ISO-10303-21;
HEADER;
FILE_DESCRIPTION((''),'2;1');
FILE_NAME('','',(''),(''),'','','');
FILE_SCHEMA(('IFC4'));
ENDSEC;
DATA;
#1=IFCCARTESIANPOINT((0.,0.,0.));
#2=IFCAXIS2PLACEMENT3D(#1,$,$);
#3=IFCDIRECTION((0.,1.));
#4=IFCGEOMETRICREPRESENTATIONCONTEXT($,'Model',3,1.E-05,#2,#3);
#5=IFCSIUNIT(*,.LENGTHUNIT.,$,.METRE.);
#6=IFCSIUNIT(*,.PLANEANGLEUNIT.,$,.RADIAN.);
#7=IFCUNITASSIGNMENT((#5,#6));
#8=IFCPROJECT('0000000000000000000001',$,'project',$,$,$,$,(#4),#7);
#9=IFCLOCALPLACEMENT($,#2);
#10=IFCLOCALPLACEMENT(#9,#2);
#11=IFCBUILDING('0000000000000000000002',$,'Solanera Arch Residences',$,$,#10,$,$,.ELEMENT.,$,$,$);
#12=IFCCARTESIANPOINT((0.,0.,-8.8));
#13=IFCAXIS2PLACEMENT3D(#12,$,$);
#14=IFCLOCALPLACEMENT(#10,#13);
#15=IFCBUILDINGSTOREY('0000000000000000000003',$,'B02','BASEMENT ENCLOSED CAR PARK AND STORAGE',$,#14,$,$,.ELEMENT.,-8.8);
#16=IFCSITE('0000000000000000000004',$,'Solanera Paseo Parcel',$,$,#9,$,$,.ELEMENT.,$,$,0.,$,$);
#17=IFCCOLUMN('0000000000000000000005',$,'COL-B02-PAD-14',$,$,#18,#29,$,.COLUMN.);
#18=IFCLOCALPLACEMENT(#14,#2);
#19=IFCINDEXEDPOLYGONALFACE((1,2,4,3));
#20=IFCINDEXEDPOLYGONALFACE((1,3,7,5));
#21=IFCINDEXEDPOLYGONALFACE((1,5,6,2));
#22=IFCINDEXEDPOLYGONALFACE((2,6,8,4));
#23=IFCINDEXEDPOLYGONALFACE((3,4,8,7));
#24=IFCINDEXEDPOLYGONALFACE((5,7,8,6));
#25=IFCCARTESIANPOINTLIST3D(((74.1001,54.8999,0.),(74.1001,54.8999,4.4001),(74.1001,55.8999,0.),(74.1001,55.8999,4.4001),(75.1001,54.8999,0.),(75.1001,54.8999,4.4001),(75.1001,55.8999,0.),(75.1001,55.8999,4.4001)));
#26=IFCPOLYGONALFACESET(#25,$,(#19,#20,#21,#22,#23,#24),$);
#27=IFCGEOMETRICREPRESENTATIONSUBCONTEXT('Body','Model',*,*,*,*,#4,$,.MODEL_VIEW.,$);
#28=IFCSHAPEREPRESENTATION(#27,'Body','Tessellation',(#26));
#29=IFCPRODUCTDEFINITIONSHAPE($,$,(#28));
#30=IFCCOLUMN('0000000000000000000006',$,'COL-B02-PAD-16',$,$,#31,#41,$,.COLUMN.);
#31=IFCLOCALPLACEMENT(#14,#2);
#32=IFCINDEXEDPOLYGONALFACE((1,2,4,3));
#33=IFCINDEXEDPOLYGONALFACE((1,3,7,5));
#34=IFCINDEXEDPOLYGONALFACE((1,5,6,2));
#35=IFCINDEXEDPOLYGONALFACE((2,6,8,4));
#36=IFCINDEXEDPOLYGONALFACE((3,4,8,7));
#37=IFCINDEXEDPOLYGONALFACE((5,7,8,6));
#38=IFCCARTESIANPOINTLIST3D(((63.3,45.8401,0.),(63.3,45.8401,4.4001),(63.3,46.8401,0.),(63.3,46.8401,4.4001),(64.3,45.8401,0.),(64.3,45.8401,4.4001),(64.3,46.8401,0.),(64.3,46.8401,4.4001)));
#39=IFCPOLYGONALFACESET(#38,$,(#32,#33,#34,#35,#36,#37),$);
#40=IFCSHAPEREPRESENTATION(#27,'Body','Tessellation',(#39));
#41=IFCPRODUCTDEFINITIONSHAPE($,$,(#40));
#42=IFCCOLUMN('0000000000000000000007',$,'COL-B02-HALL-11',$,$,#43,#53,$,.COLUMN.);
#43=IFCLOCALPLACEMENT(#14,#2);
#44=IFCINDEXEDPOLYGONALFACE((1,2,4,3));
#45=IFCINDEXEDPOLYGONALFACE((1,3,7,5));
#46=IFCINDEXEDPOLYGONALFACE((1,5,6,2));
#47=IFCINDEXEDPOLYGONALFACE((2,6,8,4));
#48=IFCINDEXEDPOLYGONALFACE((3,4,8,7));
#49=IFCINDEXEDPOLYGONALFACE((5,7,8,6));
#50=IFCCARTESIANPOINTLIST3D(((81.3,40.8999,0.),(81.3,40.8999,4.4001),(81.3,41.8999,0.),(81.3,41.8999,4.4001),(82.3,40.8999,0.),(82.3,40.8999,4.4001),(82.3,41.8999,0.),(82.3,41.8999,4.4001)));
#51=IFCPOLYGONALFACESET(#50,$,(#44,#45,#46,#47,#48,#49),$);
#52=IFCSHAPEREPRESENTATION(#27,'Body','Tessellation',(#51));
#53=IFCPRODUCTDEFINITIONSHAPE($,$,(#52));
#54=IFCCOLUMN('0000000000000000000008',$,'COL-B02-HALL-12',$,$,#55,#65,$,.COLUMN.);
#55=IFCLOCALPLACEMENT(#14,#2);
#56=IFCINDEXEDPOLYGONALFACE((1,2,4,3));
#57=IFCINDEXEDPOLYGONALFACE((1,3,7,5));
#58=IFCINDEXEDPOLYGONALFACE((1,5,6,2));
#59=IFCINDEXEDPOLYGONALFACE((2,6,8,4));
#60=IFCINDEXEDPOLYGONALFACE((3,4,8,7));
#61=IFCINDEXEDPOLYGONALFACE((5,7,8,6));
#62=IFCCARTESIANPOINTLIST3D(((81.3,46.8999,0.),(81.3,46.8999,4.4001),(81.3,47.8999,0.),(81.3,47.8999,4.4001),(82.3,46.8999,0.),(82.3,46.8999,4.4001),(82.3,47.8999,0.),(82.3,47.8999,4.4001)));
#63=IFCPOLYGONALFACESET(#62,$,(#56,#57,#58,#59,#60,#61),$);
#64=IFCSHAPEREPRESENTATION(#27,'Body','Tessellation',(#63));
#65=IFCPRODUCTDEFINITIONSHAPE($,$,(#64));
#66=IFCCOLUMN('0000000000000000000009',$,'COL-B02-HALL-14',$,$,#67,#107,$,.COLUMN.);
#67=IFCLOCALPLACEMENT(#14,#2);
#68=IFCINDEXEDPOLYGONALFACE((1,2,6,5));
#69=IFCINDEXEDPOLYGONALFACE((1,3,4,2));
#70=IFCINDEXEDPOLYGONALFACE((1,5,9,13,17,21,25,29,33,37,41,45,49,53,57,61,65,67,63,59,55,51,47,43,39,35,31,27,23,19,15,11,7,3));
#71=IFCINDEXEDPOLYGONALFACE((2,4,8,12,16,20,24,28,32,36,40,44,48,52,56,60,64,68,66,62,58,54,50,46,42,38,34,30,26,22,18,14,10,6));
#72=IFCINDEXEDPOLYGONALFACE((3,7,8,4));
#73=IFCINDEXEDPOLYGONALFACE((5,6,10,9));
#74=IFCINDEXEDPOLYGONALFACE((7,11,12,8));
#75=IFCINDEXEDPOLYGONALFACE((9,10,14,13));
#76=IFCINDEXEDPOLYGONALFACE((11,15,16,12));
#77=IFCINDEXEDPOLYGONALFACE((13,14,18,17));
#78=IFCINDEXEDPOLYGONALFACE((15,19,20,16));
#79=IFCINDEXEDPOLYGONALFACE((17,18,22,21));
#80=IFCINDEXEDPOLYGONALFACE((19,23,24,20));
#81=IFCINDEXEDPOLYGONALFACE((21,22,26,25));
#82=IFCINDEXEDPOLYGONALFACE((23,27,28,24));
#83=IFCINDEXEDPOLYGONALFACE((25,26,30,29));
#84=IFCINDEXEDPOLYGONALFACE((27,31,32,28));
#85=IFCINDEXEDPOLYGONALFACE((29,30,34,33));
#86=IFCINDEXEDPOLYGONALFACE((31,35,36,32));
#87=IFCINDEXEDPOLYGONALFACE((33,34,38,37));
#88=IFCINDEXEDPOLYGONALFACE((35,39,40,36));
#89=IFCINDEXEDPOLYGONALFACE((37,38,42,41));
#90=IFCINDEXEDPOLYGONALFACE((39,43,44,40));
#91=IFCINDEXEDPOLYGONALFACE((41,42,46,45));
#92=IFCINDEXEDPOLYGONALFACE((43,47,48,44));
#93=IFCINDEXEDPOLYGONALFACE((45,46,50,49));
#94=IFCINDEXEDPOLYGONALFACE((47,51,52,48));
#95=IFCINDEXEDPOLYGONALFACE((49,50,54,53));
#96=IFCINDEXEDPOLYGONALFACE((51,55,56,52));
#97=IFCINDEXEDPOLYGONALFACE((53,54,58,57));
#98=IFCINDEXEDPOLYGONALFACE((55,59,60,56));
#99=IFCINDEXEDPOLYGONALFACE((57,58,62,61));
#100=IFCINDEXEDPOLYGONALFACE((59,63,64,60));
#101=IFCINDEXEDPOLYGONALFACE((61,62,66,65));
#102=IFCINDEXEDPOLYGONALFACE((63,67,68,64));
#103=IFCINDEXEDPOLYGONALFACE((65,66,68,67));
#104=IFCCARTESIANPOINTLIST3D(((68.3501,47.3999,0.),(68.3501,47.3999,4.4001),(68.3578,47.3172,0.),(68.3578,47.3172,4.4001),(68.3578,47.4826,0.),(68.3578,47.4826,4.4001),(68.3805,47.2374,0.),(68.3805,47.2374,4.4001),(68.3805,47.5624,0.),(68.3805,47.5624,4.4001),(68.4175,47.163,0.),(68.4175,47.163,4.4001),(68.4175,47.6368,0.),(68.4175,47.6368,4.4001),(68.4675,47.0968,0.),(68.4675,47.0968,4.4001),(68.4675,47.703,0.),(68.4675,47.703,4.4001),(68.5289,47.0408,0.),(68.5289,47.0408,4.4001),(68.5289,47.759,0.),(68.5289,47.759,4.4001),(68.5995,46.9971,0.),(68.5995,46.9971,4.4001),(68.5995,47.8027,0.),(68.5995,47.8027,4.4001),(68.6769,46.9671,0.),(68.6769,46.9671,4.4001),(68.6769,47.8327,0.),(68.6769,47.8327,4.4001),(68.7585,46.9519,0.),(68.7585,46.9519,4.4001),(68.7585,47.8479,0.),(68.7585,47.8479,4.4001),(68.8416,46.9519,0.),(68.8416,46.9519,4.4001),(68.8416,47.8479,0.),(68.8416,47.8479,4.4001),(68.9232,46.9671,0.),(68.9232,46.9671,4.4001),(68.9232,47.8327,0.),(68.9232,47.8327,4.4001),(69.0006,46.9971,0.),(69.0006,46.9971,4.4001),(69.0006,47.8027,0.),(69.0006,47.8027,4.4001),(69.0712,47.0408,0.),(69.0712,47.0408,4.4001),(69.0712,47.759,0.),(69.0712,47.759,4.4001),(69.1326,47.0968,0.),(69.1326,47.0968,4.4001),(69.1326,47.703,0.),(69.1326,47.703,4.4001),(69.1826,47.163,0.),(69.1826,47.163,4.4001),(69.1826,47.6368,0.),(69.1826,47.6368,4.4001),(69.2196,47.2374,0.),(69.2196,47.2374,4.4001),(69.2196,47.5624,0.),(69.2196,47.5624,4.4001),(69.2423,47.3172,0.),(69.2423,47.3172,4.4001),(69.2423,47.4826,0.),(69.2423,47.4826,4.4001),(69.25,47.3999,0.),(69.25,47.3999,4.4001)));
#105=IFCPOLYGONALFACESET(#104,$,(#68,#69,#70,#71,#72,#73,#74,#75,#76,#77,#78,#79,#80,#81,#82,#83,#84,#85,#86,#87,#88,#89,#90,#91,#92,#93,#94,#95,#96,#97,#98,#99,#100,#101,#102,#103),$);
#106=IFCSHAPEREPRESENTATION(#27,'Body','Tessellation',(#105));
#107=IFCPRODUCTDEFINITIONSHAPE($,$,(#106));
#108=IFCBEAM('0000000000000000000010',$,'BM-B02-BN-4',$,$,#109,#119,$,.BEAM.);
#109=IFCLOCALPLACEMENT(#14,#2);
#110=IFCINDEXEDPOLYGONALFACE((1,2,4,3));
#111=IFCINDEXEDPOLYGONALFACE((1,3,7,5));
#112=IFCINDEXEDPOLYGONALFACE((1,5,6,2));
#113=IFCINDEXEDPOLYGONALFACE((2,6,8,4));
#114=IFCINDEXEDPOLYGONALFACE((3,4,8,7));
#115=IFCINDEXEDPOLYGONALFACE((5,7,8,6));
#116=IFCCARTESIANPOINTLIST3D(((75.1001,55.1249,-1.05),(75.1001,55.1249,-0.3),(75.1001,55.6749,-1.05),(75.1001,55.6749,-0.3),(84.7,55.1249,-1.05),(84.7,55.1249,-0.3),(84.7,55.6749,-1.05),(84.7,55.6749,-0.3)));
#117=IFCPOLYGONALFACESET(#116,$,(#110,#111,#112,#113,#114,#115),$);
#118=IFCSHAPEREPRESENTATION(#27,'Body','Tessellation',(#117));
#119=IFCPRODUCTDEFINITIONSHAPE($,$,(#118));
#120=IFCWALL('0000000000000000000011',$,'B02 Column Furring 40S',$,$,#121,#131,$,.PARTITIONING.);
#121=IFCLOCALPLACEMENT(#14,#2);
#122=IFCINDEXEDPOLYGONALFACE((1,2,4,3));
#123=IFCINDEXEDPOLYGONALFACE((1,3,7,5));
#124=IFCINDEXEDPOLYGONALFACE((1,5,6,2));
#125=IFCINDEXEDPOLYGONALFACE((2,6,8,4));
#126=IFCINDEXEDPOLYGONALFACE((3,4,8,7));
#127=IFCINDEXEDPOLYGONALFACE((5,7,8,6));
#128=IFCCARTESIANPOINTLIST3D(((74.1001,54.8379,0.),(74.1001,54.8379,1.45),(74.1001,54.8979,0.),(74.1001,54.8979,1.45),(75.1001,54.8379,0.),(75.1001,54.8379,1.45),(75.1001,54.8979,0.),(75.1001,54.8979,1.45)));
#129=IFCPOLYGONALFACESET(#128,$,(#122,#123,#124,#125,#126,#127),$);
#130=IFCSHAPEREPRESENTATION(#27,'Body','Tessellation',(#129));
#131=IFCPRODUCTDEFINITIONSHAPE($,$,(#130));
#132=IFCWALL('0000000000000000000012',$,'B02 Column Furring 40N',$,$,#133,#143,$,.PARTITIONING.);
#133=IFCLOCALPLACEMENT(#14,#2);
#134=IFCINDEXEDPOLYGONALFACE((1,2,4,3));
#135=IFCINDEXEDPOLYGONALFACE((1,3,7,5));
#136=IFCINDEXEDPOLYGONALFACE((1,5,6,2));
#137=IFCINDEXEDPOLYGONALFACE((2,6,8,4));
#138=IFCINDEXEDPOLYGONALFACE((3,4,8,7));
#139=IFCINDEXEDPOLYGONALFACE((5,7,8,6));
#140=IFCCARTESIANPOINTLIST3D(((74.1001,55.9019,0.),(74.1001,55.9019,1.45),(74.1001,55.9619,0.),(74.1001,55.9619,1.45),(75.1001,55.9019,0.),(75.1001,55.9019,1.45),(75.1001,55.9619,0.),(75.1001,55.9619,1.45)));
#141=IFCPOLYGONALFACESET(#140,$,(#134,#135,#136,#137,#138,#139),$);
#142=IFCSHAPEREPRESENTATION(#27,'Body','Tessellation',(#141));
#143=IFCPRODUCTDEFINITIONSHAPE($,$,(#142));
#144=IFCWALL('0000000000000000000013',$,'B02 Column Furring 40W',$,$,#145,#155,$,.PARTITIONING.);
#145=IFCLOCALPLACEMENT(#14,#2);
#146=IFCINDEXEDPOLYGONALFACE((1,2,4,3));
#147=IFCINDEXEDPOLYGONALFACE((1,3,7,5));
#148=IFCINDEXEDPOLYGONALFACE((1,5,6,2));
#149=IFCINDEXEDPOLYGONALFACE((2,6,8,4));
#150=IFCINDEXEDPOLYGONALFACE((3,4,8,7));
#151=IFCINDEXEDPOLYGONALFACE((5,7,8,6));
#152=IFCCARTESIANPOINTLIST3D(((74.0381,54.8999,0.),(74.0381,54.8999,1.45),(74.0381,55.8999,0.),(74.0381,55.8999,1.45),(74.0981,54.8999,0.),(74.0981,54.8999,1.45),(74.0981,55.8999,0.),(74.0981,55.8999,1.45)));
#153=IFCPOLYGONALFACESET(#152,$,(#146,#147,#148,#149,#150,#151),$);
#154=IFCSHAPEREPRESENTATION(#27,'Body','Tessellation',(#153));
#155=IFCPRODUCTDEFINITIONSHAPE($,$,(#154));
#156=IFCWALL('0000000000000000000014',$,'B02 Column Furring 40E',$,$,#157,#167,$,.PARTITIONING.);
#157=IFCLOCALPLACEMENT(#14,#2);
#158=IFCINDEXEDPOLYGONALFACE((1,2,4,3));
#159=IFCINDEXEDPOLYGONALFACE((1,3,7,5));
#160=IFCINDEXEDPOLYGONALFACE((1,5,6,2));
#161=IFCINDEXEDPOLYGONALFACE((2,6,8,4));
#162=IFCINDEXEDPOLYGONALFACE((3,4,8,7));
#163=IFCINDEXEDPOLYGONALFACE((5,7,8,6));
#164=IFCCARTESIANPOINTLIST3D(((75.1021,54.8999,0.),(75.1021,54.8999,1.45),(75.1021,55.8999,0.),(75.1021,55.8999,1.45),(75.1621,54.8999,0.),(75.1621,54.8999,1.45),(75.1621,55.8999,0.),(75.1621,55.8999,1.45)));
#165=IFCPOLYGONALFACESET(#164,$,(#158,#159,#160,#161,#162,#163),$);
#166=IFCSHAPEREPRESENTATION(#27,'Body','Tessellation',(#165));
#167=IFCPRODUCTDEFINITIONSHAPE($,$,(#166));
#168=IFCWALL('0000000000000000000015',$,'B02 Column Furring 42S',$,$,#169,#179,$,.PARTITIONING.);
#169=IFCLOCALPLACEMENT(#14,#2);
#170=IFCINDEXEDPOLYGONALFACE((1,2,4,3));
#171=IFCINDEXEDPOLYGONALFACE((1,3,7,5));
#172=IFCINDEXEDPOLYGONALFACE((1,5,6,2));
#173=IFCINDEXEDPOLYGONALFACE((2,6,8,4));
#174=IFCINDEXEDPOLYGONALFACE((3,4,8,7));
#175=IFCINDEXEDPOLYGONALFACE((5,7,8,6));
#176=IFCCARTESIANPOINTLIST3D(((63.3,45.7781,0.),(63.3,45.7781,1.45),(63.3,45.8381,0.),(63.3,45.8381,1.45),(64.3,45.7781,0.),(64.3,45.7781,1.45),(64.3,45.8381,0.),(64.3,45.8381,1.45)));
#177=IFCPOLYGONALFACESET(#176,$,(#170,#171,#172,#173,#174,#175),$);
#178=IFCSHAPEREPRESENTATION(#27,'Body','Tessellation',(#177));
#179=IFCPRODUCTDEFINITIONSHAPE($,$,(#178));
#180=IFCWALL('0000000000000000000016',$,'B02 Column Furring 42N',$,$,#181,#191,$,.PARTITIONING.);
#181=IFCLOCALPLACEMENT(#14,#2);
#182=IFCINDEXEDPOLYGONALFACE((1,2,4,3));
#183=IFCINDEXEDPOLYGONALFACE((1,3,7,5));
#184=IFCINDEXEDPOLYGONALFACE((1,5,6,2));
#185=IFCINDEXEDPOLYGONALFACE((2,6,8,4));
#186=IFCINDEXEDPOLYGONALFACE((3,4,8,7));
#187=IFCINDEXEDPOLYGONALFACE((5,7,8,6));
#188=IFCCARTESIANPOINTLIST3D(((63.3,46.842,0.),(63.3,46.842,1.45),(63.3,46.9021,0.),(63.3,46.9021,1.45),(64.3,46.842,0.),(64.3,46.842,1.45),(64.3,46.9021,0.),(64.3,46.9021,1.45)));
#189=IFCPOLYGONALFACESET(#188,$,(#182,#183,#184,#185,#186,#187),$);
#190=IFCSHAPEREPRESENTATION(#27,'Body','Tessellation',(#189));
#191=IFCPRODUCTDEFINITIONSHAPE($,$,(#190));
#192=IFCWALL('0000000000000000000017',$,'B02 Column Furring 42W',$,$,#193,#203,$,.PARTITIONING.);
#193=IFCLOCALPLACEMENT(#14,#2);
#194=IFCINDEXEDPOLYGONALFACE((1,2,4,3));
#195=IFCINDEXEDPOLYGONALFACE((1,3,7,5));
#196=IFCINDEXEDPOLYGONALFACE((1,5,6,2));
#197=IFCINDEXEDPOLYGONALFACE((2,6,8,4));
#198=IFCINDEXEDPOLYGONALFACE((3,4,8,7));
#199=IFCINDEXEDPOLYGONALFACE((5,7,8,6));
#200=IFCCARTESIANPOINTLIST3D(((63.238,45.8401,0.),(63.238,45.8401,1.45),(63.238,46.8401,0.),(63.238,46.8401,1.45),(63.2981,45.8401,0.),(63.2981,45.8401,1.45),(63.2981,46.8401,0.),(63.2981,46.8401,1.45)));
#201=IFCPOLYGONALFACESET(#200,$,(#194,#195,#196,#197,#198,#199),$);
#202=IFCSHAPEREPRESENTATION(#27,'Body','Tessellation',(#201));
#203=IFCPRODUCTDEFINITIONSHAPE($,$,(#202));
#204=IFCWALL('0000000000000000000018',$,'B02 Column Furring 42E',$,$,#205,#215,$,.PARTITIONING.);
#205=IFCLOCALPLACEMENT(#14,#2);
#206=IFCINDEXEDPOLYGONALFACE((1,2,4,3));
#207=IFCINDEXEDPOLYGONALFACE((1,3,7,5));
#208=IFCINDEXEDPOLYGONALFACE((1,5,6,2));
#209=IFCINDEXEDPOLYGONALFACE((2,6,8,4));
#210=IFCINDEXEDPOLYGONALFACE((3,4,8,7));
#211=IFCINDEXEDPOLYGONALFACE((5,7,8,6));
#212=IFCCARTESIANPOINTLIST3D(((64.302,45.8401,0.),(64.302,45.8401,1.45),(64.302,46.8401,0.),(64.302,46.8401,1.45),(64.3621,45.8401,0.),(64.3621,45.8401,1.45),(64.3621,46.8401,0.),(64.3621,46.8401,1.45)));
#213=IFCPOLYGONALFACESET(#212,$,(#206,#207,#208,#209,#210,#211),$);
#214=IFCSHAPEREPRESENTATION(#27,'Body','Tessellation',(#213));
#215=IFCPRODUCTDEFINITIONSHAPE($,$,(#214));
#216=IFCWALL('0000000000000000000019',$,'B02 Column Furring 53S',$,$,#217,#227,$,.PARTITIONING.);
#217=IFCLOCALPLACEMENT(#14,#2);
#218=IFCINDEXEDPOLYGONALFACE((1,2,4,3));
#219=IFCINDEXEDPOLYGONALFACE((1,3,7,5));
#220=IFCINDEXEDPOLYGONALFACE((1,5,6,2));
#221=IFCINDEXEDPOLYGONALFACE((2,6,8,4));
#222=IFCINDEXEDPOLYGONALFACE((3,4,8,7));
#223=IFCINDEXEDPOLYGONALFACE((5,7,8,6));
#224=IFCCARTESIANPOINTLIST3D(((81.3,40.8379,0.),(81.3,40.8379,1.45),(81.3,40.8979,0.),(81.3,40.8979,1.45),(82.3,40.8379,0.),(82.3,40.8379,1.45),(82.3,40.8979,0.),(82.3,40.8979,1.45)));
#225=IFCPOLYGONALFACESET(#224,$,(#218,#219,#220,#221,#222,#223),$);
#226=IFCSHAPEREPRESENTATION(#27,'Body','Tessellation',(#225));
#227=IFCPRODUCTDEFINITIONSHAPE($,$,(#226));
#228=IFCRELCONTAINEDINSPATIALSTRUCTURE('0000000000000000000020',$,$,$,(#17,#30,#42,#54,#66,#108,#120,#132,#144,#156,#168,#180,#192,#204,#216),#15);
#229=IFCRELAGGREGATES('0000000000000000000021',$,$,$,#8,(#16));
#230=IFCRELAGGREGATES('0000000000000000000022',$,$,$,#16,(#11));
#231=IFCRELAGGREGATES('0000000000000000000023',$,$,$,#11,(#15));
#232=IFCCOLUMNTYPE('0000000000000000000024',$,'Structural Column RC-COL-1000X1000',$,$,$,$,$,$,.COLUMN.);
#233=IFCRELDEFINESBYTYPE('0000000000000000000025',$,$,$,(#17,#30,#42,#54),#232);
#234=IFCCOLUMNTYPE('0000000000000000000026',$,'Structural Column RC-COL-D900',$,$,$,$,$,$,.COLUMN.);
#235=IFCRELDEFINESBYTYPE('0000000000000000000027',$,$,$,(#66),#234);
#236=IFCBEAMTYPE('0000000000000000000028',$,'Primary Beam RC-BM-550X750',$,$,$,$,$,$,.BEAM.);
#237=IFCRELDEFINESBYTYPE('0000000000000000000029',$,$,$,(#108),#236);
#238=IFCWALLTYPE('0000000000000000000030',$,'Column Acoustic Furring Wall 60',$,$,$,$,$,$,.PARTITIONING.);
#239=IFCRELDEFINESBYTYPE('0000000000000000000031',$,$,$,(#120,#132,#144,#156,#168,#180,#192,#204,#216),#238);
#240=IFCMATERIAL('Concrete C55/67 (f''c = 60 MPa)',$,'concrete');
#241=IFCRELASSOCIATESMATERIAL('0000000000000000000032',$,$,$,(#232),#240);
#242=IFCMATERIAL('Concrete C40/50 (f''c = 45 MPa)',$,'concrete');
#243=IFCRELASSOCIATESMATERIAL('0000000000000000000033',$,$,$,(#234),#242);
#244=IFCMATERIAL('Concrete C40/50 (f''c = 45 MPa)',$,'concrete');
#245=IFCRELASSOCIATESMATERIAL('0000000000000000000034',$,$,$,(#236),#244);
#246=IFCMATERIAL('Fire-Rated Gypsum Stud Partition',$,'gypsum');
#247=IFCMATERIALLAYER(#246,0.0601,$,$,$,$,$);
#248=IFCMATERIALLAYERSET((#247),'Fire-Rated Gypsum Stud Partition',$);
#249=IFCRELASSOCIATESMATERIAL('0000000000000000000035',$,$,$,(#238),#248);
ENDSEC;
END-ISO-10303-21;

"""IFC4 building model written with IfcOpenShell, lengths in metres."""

from ifc_helpers import new_model, si_unit, direction, frame, frame_2d, origin, origin_2d, place, context, subcontext, project, spatial, rectangle, circle, extrude, material, layer, layer_set, material_profile, profile_set, type_object, element, save


model = new_model("IFC4")

# Units and contexts
model_context = context("Model", 3, precision=1e-05, world=origin(), true_north=direction((0.0, 1.0)))
body_context = subcontext(model_context, "Body", "Model", "MODEL_VIEW")
ifc_project = project(units=[si_unit("LENGTHUNIT", "METRE"), si_unit("PLANEANGLEUNIT", "RADIAN")], contexts=[model_context])

# Site, building, storey
site_placement = place(None, origin())
site = spatial("IfcSite", under=ifc_project, at=site_placement, Name="Solanera Paseo Parcel", CompositionType="ELEMENT", RefElevation=0.0)
building_placement = place(site_placement, origin())
building = spatial("IfcBuilding", under=site, at=building_placement, Name="Solanera Arch Residences", CompositionType="ELEMENT")
storey_placement = place(building_placement, frame((0.0, 0.0, -8.8)))
storey = spatial("IfcBuildingStorey", under=building, at=storey_placement, Name="B02", Description="BASEMENT ENCLOSED CAR PARK AND STORAGE", CompositionType="ELEMENT", Elevation=-8.8)

# Columns
ifc_material_1 = material(Name="Concrete C55/67 (f'c = 60 MPa)", Category="concrete")
ifc_material_profile_1 = material_profile(ifc_material_1, rectangle(XDim=1.0, YDim=1.0, at=origin_2d()))
ifc_profile_set_1 = profile_set([ifc_material_profile_1], Name="Concrete C55/67 (f'c = 60 MPa)")
column_type_1 = type_object("IfcColumnType", Name="Structural Column RC-COL-1000X1000", PredefinedType="COLUMN", material=ifc_profile_set_1)
for number, where, z_axis, x_axis, name in (
    (1, (74.6001, 55.3999, 0.0), (0.0, 0.0, 1.0), (1.0, 0.0, 0.0), "COL-B02-PAD-14"),
    (2, (63.8, 46.3401, 0.0), (0.0, 0.0, 1.0), (1.0, 0.0, 0.0), "COL-B02-PAD-16"),
    (3, (81.8, 41.3999, 0.0), (0.0, 0.0, 1.0), (1.0, 0.0, 0.0), "COL-B02-HALL-11"),
    (4, (81.8, 47.3999, 0.0), (0.0, 0.0, 1.0), (1.0, 0.0, 0.0), "COL-B02-HALL-12"),
):
    element("IfcColumn", number, at=place(storey_placement, frame(where, z_axis=z_axis, x_axis=x_axis)), inside=storey, type_object=column_type_1, Name=name, PredefinedType="COLUMN", context=body_context, shape_type="SweptSolid", body=[
        extrude(rectangle(XDim=1.0, YDim=1.0, at=origin_2d()), origin(), (0.0, 0.0, 1.0), 4.4001),
    ])
ifc_material_2 = material(Name="Concrete C40/50 (f'c = 45 MPa)", Category="concrete")
ifc_material_profile_2 = material_profile(ifc_material_2, circle(Radius=0.45, at=origin_2d()))
ifc_profile_set_2 = profile_set([ifc_material_profile_2], Name="Concrete C40/50 (f'c = 45 MPa)")
column_type_2 = type_object("IfcColumnType", Name="Structural Column RC-COL-D900", PredefinedType="COLUMN", material=ifc_profile_set_2)
column_placement = place(storey_placement, frame((68.8, 47.3999, 0.0), z_axis=(0.0, 0.0, 1.0), x_axis=(1.0, 0.0, 0.0)))
element("IfcColumn", 5, at=column_placement, inside=storey, type_object=column_type_2, Name="COL-B02-HALL-14", PredefinedType="COLUMN", context=body_context, shape_type="SweptSolid", body=[
    extrude(circle(Radius=0.45, at=origin_2d()), origin(), (0.0, 0.0, 1.0), 4.4001),
])

# Beam
ifc_material_3 = material(Name="Concrete C40/50 (f'c = 45 MPa)", Category="concrete")
ifc_material_profile_3 = material_profile(ifc_material_3, rectangle(XDim=0.55, YDim=0.75, at=origin_2d()))
ifc_profile_set_3 = profile_set([ifc_material_profile_3], Name="Concrete C40/50 (f'c = 45 MPa)")
beam_type = type_object("IfcBeamType", Name="Primary Beam RC-BM-550X750", PredefinedType="BEAM", material=ifc_profile_set_3)
beam_placement = place(storey_placement, frame((75.1001, 55.3999, -0.675), z_axis=(1.0, 0.0, 0.0), x_axis=(0.0, 1.0, 0.0)))
element("IfcBeam", 6, at=beam_placement, inside=storey, type_object=beam_type, Name="BM-B02-BN-4", PredefinedType="BEAM", context=body_context, shape_type="SweptSolid", body=[
    extrude(rectangle(XDim=0.55, YDim=0.75, at=origin_2d()), origin(), (0.0, 0.0, 1.0), 9.5999),
])

# Walls
ifc_material_4 = material(Name="Fire-Rated Gypsum Stud Partition", Category="gypsum")
ifc_layer_1 = layer(ifc_material_4, 0.0601)
ifc_layer_set_1 = layer_set([ifc_layer_1], Name="Fire-Rated Gypsum Stud Partition")
wall_type_1 = type_object("IfcWallType", Name="Column Acoustic Furring Wall 60", PredefinedType="PARTITIONING", material=ifc_layer_set_1)
for number, where, z_axis, x_axis, name in (
    (7, (74.1001, 54.8679, 0.0), (0.0, 0.0, 1.0), (1.0, 0.0, 0.0), "B02 Column Furring 40S"),
    (8, (74.1001, 55.9319, 0.0), (0.0, 0.0, 1.0), (1.0, 0.0, 0.0), "B02 Column Furring 40N"),
    (9, (74.0681, 54.8999, 0.0), (0.0, 0.0, 1.0), (0.0, 1.0, 0.0), "B02 Column Furring 40W"),
    (10, (75.1321, 54.8999, 0.0), (0.0, 0.0, 1.0), (0.0, 1.0, 0.0), "B02 Column Furring 40E"),
    (11, (63.3, 45.8081, 0.0), (0.0, 0.0, 1.0), (1.0, 0.0, 0.0), "B02 Column Furring 42S"),
    (12, (63.3, 46.8721, 0.0), (0.0, 0.0, 1.0), (1.0, 0.0, 0.0), "B02 Column Furring 42N"),
    (13, (63.2681, 45.8401, 0.0), (0.0, 0.0, 1.0), (0.0, 1.0, 0.0), "B02 Column Furring 42W"),
    (14, (64.332, 45.8401, 0.0), (0.0, 0.0, 1.0), (0.0, 1.0, 0.0), "B02 Column Furring 42E"),
    (15, (81.3, 40.8679, 0.0), (0.0, 0.0, 1.0), (1.0, 0.0, 0.0), "B02 Column Furring 53S"),
):
    element("IfcWall", number, at=place(storey_placement, frame(where, z_axis=z_axis, x_axis=x_axis)), inside=storey, type_object=wall_type_1, Name=name, PredefinedType="PARTITIONING", context=body_context, shape_type="SweptSolid", body=[
        extrude(rectangle(XDim=1.0, YDim=0.0601, at=frame_2d((0.5, 0.0))), origin(), (0.0, 0.0, 1.0), 1.45),
    ])

save(model, "model.ifc")
